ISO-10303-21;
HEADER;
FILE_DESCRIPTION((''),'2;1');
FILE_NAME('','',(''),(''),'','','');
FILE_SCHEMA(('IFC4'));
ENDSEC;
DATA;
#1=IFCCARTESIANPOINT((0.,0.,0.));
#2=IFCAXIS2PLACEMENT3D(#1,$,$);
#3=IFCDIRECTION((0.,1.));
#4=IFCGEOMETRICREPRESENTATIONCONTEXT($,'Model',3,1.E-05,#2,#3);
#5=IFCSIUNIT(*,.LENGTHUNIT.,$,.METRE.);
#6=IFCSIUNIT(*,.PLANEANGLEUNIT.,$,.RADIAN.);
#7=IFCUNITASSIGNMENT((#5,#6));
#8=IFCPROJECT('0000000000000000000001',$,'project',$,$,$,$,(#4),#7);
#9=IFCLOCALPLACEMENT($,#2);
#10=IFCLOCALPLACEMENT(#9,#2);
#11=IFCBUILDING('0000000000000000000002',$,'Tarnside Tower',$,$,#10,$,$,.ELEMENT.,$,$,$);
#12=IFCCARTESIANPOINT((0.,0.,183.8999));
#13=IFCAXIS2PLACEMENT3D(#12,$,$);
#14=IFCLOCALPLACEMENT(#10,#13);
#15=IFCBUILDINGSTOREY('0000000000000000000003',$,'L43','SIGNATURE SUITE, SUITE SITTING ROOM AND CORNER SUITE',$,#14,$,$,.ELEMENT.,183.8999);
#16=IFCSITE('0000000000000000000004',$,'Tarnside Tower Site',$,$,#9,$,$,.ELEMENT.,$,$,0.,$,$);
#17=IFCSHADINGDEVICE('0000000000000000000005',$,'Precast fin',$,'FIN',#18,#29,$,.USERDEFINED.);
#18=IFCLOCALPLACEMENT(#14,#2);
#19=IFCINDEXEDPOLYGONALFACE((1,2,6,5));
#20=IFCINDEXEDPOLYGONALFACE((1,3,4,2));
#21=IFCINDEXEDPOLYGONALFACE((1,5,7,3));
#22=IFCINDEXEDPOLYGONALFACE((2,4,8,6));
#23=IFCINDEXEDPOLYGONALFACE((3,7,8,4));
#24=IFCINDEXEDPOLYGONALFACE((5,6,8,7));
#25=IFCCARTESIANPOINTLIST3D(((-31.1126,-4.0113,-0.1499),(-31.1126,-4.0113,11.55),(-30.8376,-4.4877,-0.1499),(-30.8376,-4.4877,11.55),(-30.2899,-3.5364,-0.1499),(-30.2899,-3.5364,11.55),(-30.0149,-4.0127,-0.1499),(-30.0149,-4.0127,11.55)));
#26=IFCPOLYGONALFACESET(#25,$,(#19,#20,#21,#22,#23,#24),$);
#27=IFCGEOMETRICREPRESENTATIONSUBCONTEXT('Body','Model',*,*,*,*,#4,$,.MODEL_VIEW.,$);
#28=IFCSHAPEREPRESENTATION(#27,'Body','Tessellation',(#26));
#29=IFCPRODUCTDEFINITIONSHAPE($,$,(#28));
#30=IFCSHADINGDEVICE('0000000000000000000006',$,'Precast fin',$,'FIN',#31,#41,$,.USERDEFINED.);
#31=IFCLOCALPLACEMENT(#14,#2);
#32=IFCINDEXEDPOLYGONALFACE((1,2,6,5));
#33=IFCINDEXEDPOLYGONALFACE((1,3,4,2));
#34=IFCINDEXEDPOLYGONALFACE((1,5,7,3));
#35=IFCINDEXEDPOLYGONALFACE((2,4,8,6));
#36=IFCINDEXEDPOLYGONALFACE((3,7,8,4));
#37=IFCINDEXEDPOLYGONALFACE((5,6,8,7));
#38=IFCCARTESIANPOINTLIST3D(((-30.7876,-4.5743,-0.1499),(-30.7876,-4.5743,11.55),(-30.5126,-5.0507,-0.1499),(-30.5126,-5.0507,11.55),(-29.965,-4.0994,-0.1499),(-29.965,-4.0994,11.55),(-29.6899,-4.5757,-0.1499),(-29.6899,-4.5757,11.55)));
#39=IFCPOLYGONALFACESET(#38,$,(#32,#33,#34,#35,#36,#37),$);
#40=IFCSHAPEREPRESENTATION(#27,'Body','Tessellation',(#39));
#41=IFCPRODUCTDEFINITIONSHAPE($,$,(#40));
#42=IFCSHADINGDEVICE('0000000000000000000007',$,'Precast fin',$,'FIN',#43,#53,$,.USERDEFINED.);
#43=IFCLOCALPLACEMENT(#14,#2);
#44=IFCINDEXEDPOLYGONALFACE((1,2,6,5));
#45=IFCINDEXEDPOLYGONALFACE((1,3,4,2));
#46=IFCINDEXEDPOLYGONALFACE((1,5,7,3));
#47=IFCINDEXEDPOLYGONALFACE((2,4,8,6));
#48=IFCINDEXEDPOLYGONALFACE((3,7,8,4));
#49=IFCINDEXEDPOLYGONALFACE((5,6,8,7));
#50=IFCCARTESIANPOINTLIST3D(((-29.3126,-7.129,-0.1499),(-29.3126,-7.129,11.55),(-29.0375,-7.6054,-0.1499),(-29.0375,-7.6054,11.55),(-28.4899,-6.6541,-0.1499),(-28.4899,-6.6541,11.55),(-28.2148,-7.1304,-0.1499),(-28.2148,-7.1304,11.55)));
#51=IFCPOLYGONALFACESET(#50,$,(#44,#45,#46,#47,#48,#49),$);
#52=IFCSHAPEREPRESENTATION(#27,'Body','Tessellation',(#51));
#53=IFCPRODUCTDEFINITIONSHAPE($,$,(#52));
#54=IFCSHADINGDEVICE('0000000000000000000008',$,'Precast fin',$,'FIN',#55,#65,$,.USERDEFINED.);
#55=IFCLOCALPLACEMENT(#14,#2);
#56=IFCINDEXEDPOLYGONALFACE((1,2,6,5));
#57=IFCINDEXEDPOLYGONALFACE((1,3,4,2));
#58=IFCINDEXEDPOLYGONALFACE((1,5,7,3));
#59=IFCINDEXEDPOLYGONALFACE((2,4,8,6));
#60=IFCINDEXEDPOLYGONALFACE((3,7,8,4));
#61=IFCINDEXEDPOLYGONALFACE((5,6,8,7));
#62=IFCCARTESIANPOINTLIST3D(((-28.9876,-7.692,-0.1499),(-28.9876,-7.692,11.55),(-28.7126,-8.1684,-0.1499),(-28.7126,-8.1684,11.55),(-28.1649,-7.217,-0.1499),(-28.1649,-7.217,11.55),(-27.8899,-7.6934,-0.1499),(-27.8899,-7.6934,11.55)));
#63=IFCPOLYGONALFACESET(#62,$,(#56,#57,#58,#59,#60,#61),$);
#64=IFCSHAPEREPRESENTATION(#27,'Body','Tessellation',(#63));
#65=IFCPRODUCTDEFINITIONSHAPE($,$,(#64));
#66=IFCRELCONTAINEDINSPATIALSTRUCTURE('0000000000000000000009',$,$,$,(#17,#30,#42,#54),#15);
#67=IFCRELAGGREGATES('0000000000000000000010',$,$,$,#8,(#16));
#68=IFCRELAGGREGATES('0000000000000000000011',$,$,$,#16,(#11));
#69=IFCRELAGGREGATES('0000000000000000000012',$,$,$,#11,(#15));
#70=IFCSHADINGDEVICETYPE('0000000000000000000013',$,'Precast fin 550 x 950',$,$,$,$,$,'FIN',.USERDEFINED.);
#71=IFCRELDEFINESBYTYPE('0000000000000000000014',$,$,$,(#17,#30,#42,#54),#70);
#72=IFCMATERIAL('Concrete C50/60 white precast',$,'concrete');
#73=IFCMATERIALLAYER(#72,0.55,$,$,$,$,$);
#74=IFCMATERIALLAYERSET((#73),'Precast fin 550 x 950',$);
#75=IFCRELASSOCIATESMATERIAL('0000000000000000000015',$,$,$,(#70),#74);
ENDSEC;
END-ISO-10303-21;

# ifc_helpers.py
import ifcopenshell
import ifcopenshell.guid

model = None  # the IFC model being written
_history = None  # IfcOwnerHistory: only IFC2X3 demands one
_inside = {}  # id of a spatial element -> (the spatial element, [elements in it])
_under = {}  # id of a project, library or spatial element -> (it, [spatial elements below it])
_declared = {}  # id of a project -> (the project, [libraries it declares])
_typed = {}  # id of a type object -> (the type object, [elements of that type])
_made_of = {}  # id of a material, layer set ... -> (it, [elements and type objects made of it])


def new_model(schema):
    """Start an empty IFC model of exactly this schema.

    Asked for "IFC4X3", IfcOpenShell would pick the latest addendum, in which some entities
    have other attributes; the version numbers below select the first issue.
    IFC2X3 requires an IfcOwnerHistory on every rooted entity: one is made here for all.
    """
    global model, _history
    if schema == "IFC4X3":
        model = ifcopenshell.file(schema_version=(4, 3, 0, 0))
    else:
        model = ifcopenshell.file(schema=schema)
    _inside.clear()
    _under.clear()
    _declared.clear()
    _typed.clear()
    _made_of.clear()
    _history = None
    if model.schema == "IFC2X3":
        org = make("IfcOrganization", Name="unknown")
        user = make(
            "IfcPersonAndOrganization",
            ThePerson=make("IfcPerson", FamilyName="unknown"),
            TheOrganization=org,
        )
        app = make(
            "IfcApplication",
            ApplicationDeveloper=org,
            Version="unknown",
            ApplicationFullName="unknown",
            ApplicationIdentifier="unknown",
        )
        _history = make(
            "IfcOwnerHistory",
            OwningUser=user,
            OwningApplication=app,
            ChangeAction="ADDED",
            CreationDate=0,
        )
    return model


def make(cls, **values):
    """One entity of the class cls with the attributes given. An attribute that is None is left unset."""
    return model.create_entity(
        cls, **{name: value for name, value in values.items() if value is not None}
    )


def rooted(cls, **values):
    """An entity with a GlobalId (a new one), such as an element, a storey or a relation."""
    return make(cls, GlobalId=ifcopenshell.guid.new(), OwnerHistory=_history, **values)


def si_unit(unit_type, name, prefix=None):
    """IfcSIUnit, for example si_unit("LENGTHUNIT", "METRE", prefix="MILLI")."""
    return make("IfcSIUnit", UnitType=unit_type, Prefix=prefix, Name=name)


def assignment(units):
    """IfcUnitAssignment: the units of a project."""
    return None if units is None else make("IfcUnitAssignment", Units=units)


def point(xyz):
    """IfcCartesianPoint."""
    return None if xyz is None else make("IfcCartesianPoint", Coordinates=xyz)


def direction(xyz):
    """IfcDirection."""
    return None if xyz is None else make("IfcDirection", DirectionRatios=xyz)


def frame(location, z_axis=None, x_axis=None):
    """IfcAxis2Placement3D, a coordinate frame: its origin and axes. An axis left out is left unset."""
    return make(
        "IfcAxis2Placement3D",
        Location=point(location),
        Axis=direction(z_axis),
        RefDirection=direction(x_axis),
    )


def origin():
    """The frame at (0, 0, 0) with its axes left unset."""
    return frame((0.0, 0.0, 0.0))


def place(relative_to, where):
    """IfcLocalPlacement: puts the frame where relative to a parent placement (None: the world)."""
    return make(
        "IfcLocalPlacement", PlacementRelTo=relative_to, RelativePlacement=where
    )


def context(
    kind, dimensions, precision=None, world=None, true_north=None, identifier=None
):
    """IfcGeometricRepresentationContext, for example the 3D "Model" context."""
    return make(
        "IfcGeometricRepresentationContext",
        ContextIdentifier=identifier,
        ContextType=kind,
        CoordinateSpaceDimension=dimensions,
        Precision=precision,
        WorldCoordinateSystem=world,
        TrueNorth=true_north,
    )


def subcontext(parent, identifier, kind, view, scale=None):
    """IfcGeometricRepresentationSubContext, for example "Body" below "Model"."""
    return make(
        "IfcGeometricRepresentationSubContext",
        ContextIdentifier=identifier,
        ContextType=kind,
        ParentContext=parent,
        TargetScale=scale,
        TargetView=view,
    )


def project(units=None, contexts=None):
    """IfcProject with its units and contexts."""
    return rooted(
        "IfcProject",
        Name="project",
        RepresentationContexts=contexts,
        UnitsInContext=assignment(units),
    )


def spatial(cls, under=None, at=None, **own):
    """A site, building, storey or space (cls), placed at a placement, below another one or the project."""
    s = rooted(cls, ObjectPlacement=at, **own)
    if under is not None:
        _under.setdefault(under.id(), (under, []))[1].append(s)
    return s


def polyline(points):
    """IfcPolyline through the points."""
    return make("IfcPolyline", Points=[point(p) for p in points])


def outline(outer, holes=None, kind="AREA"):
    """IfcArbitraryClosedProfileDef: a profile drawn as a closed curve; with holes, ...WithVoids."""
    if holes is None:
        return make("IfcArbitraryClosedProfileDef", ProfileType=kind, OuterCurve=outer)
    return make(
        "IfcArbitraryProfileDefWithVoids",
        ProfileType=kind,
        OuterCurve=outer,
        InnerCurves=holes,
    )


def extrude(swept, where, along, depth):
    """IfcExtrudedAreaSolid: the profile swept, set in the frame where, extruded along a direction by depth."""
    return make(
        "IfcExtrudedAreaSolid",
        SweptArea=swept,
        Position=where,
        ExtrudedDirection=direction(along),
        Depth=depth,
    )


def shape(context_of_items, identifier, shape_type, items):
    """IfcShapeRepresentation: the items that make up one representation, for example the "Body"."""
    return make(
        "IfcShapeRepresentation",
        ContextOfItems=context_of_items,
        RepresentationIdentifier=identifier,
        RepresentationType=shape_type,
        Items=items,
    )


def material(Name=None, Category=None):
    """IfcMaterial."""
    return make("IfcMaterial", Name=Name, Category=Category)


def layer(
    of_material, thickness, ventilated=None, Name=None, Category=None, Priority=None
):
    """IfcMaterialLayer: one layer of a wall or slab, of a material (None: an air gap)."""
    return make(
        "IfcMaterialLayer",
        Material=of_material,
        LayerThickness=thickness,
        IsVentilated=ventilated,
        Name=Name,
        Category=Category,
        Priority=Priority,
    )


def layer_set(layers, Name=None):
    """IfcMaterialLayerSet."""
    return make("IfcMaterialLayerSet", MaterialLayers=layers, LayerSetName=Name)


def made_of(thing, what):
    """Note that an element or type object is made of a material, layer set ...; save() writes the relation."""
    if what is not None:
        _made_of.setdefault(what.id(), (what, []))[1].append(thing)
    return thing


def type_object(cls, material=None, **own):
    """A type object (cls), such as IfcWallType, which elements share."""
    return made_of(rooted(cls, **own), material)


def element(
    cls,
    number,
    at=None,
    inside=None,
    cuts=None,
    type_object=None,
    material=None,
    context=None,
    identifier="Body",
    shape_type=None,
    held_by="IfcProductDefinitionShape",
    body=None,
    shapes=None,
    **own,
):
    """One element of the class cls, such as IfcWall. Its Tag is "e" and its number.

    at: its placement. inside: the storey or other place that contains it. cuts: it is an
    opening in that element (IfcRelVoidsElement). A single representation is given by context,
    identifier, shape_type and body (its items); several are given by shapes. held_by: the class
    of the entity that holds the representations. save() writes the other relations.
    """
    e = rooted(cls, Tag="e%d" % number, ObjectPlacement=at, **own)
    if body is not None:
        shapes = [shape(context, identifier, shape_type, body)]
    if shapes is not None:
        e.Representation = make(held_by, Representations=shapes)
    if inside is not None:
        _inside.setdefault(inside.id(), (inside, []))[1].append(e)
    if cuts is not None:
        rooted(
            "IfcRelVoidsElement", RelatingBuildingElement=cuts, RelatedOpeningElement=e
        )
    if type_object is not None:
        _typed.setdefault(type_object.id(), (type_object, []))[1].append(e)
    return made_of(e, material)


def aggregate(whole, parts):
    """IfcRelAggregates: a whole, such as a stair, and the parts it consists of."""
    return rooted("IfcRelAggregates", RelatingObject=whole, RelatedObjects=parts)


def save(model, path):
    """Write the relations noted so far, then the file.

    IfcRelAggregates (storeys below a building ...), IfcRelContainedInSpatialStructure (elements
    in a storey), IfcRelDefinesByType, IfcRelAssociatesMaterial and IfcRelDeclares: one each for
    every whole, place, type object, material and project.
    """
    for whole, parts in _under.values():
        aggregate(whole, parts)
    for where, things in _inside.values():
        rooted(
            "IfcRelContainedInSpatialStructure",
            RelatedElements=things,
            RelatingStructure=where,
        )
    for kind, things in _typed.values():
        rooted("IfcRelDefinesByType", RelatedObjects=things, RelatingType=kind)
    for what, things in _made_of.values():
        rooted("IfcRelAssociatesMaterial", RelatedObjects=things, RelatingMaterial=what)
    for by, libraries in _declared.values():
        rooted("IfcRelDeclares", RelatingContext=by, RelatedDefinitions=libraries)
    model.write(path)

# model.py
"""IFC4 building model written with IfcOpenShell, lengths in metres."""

from ifc_helpers import new_model, si_unit, direction, frame, origin, place, context, subcontext, project, spatial, polyline, outline, extrude, material, layer, layer_set, type_object, element, save


model = new_model("IFC4")

# Units and contexts
model_context = context("Model", 3, precision=1e-05, world=origin(), true_north=direction((0.0, 1.0)))
body_context = subcontext(model_context, "Body", "Model", "MODEL_VIEW")
ifc_project = project(units=[si_unit("LENGTHUNIT", "METRE"), si_unit("PLANEANGLEUNIT", "RADIAN")], contexts=[model_context])

# Site, building, storey
site_placement = place(None, origin())
site = spatial("IfcSite", under=ifc_project, at=site_placement, Name="Tarnside Tower Site", CompositionType="ELEMENT", RefElevation=0.0)
building_placement = place(site_placement, origin())
building = spatial("IfcBuilding", under=site, at=building_placement, Name="Tarnside Tower", CompositionType="ELEMENT")
storey_placement = place(building_placement, frame((0.0, 0.0, 183.8999)))
storey = spatial("IfcBuildingStorey", under=building, at=storey_placement, Name="L43", Description="SIGNATURE SUITE, SUITE SITTING ROOM AND CORNER SUITE", CompositionType="ELEMENT", Elevation=183.8999)

# Shading devices
ifc_material_1 = material(Name="Concrete C50/60 white precast", Category="concrete")
ifc_layer_1 = layer(ifc_material_1, 0.55)
ifc_layer_set_1 = layer_set([ifc_layer_1], Name="Precast fin 550 x 950")
shading_device_type_1 = type_object("IfcShadingDeviceType", Name="Precast fin 550 x 950", ElementType="FIN", PredefinedType="USERDEFINED", material=ifc_layer_set_1)
for number, where, z_axis, x_axis, name in (
    (1, (-30.1523, -3.7747, -0.1499), (-0.5, 0.866025, 0.0), (-0.866025, -0.5, 0.0), "Precast fin"),
    (2, (-29.8274, -4.3376, -0.1499), (-0.5, 0.866025, 0.0), (-0.866025, -0.5, 0.0), "Precast fin"),
    (3, (-28.3523, -6.8923, -0.1499), (-0.5, 0.866025, 0.0), (-0.866025, -0.5, 0.0), "Precast fin"),
    (4, (-28.0273, -7.4553, -0.1499), (-0.5, 0.866025, 0.0), (-0.866025, -0.5, 0.0), "Precast fin"),
):
    element("IfcShadingDevice", number, at=place(storey_placement, frame(where, z_axis=z_axis, x_axis=x_axis)), inside=storey, type_object=shading_device_type_1, Name=name, ObjectType="FIN", PredefinedType="USERDEFINED", context=body_context, shape_type="SweptSolid", body=[
        extrude(outline(polyline([(0.0, 0.0), (0.95, 0.0), (0.95, 11.7), (0.0, 11.7), (0.0, 0.0)])), frame((0.0, 0.0, -0.2749)), (0.0, 0.0, 1.0), 0.55),
    ])

save(model, "model.ifc")
